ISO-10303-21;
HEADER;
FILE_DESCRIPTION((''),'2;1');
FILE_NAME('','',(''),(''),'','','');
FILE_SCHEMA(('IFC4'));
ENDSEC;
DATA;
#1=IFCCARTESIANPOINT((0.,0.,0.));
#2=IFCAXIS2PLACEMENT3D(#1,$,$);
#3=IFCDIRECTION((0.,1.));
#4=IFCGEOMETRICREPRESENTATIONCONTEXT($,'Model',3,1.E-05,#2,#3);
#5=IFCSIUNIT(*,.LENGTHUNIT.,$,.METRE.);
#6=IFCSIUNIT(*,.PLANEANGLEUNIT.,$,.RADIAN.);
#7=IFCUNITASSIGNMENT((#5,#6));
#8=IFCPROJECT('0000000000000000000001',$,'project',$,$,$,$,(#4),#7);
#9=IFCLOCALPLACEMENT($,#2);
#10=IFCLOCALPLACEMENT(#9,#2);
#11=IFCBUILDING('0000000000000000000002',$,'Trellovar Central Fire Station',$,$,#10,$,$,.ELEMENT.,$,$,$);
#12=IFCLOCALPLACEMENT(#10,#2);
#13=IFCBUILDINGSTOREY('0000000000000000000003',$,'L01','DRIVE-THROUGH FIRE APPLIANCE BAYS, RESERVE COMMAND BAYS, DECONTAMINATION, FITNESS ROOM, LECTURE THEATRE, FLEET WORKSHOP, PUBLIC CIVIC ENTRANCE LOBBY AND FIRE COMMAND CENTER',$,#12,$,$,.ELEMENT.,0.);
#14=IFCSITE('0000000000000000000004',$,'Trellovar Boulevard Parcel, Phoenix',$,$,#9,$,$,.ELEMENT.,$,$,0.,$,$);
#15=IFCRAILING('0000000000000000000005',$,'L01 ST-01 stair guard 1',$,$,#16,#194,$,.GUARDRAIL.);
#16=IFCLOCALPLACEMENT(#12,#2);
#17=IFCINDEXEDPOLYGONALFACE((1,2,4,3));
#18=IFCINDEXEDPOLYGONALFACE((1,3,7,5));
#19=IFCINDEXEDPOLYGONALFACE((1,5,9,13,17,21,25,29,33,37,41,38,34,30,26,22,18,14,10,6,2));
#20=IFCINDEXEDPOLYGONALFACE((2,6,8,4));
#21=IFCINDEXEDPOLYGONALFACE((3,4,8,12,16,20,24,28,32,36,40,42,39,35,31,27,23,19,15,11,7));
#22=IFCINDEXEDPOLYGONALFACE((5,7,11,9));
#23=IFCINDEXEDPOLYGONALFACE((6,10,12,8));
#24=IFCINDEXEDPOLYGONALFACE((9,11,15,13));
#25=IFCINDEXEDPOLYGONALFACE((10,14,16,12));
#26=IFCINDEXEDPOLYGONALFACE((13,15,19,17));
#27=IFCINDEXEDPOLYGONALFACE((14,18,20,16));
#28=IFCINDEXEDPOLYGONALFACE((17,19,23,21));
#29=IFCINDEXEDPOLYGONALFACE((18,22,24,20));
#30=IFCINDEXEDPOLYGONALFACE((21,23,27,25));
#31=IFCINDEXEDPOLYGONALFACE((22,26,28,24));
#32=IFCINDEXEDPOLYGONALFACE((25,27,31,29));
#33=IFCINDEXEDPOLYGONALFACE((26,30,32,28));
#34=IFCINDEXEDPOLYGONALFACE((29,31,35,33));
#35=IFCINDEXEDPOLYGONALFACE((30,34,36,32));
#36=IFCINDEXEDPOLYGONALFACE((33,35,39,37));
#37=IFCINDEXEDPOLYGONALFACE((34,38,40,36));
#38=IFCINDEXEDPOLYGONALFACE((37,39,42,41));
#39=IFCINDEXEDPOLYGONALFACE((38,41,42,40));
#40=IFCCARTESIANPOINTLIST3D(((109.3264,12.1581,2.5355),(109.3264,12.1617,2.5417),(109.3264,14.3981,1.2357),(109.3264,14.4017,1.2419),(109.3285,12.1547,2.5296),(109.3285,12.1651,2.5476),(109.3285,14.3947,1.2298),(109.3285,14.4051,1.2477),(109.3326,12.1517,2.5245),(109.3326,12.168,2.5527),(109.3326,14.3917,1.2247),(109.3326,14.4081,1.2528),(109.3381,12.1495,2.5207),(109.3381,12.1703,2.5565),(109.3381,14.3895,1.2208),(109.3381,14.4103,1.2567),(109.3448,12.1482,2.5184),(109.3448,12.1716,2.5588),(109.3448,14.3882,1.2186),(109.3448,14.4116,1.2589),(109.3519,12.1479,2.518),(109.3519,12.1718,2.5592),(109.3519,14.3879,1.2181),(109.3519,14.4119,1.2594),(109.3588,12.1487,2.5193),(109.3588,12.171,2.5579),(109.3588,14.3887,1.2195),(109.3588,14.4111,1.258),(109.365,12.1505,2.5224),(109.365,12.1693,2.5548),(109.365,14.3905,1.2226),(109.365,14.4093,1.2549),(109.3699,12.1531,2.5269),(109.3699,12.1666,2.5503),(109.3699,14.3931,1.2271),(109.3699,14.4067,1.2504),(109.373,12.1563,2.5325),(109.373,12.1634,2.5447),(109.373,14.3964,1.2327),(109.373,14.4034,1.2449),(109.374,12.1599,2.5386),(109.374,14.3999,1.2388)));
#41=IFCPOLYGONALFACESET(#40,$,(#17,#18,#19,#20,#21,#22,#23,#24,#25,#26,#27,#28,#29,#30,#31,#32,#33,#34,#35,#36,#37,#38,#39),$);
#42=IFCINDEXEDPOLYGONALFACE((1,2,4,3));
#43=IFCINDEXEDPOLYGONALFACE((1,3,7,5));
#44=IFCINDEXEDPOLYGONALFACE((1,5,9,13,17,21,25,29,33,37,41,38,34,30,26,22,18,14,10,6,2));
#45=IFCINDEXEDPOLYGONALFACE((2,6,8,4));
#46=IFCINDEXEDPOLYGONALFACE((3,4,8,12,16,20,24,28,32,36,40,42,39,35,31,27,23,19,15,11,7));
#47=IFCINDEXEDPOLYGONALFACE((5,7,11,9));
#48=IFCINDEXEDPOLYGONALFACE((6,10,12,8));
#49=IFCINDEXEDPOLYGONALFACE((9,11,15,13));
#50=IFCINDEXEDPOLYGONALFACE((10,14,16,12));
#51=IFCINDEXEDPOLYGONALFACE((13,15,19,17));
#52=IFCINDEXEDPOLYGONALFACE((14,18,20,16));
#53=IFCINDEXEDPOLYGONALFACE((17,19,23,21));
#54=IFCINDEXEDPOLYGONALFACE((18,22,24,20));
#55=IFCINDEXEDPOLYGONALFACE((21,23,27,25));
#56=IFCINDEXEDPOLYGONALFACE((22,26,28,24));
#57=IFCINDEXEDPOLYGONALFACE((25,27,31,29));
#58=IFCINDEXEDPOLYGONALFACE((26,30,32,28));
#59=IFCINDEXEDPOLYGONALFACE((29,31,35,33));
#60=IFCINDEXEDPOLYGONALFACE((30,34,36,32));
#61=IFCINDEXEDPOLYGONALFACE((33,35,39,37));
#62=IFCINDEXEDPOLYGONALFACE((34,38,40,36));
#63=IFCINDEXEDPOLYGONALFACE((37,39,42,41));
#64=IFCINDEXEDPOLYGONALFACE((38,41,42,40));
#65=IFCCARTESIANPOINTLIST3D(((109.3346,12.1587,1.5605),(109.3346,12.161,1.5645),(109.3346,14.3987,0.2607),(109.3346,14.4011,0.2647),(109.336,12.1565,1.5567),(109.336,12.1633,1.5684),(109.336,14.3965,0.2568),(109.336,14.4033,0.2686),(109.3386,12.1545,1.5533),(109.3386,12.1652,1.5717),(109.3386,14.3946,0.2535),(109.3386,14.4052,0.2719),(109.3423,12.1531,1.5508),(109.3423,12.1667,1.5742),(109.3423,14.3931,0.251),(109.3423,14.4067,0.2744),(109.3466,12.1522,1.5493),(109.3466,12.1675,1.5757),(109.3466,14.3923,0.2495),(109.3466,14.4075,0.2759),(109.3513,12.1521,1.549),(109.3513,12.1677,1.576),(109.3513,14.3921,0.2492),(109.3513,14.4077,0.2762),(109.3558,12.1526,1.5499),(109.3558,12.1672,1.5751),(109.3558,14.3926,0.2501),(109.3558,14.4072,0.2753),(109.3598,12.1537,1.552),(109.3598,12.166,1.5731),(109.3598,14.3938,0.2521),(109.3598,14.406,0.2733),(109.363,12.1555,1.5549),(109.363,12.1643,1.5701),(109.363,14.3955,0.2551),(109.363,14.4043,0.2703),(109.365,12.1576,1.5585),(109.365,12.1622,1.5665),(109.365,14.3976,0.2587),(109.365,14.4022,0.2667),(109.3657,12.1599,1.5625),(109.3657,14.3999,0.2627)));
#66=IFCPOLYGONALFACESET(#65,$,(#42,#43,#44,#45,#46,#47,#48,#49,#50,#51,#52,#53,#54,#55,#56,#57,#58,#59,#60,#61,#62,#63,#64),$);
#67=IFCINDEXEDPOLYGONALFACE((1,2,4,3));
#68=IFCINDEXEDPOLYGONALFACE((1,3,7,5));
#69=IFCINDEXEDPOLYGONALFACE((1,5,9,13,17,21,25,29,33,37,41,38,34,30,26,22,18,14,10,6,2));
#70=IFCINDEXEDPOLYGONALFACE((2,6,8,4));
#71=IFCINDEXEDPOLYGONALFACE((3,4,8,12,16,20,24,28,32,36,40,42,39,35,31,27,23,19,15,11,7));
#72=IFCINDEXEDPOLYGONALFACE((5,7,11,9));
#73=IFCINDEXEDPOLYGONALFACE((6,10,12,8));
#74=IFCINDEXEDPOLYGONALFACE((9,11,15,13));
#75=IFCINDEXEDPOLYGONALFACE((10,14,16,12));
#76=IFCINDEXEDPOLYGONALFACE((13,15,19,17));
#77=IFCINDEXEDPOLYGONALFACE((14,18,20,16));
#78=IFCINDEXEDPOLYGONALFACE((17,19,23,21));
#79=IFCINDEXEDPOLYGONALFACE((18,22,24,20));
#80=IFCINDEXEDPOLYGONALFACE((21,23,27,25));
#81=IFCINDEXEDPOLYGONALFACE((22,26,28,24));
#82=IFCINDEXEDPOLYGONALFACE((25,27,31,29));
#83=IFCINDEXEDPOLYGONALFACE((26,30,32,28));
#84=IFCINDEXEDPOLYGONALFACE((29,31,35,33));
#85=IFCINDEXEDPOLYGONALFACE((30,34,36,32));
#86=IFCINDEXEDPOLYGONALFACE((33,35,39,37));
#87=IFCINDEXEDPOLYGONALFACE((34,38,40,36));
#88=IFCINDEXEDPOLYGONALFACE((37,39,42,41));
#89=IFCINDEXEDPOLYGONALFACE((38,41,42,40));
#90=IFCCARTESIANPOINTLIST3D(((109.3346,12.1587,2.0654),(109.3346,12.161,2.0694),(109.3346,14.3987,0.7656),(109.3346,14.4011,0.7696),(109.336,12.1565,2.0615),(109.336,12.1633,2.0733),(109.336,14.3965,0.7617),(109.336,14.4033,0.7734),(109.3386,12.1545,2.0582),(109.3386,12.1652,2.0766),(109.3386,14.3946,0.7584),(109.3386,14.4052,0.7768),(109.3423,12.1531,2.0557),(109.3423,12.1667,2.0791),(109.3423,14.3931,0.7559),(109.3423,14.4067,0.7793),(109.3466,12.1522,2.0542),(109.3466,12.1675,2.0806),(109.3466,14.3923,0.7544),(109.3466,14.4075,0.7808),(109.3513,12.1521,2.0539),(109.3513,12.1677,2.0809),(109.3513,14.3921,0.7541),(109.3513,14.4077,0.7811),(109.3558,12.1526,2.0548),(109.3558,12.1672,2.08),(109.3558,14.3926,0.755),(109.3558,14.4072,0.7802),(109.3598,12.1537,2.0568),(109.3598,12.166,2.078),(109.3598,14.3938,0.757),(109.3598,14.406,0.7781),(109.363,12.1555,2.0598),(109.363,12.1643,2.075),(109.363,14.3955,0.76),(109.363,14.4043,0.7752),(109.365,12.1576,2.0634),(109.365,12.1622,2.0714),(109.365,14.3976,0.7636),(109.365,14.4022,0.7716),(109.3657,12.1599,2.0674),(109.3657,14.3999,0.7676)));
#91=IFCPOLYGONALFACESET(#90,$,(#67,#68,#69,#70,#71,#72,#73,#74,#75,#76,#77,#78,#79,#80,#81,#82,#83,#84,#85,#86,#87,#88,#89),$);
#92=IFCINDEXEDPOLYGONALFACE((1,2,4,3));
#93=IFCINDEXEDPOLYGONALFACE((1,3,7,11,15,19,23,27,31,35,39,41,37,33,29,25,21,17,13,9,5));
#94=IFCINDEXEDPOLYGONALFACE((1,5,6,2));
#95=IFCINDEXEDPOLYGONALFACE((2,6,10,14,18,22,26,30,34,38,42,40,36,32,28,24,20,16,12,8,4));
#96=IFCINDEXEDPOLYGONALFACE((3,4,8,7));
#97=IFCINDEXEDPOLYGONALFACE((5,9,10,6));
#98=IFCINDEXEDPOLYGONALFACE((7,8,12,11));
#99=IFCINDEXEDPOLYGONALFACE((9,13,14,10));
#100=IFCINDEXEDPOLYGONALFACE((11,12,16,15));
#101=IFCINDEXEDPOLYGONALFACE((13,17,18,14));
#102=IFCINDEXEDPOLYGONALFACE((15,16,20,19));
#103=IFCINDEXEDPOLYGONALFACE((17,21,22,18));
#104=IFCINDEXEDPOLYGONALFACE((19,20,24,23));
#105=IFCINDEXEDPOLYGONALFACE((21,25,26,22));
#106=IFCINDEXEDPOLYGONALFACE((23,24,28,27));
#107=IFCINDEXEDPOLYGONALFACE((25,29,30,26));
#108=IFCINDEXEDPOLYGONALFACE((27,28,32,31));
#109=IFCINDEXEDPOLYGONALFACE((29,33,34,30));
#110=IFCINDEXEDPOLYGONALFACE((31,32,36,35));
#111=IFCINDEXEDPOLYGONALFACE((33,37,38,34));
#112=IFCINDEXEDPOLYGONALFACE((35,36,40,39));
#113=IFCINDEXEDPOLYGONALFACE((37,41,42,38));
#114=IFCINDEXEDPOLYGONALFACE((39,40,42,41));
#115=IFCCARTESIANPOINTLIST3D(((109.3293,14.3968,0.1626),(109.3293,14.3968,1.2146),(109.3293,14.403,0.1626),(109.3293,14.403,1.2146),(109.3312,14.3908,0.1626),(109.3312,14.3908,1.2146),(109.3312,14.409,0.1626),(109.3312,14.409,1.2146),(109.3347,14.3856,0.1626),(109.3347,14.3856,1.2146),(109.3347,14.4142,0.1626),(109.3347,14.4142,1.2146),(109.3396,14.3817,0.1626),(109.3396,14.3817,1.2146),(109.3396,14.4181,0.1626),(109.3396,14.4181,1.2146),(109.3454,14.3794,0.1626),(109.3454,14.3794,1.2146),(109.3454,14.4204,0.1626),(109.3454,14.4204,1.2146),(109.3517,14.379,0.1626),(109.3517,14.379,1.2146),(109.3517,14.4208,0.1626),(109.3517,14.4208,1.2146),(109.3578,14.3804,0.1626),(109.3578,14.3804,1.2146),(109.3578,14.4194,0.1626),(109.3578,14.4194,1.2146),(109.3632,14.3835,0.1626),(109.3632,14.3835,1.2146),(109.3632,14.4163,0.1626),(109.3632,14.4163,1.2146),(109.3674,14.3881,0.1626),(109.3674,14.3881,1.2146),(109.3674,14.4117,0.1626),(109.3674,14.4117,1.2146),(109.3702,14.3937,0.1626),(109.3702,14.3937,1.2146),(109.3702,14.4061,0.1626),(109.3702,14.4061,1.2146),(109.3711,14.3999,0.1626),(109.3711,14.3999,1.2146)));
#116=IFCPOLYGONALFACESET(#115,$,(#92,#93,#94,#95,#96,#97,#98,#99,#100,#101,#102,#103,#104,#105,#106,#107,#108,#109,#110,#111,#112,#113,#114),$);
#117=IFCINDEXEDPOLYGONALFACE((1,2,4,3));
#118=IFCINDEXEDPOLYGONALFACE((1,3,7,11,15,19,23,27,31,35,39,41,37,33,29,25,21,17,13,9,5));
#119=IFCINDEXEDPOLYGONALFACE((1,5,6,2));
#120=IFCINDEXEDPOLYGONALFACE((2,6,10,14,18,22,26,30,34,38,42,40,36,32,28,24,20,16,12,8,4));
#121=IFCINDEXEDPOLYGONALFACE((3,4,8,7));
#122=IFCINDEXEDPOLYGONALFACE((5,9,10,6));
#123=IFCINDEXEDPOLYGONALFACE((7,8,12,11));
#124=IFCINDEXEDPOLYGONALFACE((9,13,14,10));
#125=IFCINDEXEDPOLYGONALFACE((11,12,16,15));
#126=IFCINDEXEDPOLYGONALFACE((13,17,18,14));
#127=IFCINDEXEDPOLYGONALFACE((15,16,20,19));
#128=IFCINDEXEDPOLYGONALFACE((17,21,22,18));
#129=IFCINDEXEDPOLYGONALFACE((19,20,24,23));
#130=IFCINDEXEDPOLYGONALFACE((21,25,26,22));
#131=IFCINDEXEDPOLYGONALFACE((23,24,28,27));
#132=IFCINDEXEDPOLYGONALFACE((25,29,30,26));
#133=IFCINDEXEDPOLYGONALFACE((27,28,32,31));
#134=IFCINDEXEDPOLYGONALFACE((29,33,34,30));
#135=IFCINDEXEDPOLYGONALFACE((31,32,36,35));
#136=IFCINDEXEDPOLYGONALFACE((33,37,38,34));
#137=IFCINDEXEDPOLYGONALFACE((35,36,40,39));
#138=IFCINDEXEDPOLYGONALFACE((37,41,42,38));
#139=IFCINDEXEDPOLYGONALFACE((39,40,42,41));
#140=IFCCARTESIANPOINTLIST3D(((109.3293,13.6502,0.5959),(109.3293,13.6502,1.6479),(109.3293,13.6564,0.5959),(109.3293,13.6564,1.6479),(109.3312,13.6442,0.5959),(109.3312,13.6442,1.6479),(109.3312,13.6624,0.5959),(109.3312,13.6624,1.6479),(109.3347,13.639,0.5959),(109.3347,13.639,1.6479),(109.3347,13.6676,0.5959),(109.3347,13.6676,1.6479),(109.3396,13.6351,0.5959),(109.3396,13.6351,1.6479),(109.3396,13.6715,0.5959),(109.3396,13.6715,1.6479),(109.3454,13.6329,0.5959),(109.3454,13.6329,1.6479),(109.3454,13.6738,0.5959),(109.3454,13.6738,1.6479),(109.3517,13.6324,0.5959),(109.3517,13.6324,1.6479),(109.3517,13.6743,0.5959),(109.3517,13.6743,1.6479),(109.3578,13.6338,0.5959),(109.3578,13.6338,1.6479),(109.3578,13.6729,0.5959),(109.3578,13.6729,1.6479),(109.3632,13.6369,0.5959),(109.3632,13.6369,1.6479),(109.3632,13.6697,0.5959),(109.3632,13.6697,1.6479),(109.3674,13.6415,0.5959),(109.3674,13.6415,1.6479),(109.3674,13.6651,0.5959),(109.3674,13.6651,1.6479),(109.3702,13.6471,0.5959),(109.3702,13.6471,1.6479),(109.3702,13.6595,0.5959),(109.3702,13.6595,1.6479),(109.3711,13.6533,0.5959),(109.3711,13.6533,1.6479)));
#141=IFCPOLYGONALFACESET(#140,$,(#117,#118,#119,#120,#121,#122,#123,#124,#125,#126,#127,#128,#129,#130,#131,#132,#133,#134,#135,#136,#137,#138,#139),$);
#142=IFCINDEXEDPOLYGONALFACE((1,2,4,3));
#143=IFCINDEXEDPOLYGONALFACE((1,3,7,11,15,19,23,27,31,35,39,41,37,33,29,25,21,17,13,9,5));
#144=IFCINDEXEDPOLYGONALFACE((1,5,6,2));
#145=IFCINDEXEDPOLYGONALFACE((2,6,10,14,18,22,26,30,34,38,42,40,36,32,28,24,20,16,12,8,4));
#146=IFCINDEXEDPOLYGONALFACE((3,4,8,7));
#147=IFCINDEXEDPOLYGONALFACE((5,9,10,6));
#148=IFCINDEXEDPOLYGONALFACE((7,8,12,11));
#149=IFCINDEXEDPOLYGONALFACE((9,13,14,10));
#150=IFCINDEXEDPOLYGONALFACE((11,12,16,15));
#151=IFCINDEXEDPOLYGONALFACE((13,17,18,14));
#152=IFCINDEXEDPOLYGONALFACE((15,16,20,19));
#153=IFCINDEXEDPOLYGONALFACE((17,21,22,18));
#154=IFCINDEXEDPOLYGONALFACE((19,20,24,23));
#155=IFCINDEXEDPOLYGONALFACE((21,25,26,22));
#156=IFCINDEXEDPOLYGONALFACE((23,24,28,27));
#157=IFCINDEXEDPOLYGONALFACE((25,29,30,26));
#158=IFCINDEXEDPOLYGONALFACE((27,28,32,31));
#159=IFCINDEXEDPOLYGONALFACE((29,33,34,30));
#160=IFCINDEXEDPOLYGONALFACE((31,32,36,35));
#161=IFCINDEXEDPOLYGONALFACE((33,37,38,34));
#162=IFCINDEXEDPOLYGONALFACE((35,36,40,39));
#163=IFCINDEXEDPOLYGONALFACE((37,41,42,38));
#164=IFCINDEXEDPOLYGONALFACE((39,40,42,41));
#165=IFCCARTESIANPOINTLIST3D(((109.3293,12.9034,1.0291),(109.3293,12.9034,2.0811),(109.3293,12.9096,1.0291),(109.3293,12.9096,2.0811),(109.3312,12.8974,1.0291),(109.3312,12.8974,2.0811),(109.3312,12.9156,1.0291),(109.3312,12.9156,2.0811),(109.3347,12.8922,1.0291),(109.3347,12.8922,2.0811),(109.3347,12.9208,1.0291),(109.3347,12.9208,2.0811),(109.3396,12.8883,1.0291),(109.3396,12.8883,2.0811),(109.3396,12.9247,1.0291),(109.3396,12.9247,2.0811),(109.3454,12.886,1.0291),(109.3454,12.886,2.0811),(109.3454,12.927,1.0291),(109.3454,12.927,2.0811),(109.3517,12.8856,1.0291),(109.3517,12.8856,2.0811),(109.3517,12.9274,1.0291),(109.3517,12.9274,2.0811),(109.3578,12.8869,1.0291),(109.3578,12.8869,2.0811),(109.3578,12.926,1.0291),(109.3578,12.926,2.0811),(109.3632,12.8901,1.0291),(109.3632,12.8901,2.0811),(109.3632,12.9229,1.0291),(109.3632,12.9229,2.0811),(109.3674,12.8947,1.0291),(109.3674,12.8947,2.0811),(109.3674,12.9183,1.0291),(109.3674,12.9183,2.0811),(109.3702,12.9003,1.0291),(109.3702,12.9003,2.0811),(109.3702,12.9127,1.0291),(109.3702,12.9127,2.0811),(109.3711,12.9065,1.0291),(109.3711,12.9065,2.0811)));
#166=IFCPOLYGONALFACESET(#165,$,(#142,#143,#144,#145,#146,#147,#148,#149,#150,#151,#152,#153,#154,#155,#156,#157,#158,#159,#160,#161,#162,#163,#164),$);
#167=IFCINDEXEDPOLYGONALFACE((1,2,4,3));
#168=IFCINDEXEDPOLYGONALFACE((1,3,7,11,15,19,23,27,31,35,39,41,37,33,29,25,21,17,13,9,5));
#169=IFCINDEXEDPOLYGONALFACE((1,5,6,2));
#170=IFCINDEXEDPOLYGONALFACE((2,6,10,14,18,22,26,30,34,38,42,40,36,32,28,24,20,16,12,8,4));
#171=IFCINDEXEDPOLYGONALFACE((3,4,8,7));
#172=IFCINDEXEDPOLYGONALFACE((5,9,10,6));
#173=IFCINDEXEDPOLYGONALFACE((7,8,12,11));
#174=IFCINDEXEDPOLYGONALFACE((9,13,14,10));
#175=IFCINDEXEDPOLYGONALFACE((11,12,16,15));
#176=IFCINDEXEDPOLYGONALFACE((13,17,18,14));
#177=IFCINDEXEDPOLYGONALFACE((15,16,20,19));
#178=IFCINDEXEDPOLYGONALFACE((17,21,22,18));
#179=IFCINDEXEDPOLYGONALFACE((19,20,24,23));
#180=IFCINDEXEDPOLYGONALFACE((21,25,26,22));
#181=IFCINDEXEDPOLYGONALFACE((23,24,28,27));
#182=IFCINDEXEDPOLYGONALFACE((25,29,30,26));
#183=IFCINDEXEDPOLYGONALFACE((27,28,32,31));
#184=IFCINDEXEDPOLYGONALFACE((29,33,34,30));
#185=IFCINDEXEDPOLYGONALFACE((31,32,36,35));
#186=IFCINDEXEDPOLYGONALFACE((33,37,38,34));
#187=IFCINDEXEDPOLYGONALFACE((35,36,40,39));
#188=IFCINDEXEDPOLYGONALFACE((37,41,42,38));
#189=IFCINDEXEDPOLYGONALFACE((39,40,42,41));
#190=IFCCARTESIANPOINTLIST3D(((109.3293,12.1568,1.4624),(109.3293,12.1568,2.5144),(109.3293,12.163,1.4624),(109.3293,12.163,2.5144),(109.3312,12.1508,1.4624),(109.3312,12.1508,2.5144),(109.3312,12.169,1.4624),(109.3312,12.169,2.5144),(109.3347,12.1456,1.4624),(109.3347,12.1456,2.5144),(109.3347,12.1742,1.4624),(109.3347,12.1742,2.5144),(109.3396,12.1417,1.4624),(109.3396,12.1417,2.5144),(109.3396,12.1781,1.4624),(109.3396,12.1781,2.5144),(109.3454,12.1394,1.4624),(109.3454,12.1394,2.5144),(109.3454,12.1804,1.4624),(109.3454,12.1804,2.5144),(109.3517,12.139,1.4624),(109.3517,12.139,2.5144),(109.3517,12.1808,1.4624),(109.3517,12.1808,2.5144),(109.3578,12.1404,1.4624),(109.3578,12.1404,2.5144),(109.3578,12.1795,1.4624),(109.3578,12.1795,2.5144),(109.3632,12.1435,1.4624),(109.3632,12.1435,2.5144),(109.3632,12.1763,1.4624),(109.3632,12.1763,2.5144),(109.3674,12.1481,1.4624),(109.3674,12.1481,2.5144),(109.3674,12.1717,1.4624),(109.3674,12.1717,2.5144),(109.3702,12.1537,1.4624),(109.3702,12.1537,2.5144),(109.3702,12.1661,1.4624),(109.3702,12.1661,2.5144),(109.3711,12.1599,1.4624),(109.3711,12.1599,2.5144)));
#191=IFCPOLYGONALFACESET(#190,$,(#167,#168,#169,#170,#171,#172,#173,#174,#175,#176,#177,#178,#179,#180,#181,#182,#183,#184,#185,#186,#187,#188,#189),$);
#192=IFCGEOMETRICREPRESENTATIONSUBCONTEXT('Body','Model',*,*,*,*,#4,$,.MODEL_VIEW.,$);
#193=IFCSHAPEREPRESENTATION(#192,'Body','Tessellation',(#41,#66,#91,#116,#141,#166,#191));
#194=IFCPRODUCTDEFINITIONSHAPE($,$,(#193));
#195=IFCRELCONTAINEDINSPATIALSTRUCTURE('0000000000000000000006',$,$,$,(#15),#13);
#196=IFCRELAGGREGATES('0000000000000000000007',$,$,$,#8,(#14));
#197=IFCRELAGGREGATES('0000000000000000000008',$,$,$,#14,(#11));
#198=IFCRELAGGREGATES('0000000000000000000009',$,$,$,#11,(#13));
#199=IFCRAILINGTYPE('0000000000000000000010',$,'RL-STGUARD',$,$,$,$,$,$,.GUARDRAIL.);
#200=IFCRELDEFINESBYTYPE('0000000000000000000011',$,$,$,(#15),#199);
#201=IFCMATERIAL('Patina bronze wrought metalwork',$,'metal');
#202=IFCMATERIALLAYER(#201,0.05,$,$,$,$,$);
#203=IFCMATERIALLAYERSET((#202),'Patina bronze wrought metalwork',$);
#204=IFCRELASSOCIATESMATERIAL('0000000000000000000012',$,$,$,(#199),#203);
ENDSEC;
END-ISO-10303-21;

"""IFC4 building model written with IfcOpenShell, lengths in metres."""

from ifc_helpers import new_model, si_unit, direction, frame, origin, origin_2d, place, context, subcontext, project, spatial, circle, extrude, material, layer, layer_set, type_object, element, save


model = new_model("IFC4")

# Units and contexts
model_context = context("Model", 3, precision=1e-05, world=origin(), true_north=direction((0.0, 1.0)))
body_context = subcontext(model_context, "Body", "Model", "MODEL_VIEW")
ifc_project = project(units=[si_unit("LENGTHUNIT", "METRE"), si_unit("PLANEANGLEUNIT", "RADIAN")], contexts=[model_context])

# Site, building, storey
site_placement = place(None, origin())
site = spatial("IfcSite", under=ifc_project, at=site_placement, Name="Trellovar Boulevard Parcel, Phoenix", CompositionType="ELEMENT", RefElevation=0.0)
building_placement = place(site_placement, origin())
building = spatial("IfcBuilding", under=site, at=building_placement, Name="Trellovar Central Fire Station", CompositionType="ELEMENT")
storey_placement = place(building_placement, origin())
storey = spatial("IfcBuildingStorey", under=building, at=storey_placement, Name="L01", Description="DRIVE-THROUGH FIRE APPLIANCE BAYS, RESERVE COMMAND BAYS, DECONTAMINATION, FITNESS ROOM, LECTURE THEATRE, FLEET WORKSHOP, PUBLIC CIVIC ENTRANCE LOBBY AND FIRE COMMAND CENTER", CompositionType="ELEMENT", Elevation=0.0)

# Railing
ifc_material_1 = material(Name="Patina bronze wrought metalwork", Category="metal")
ifc_layer_1 = layer(ifc_material_1, 0.05)
ifc_layer_set_1 = layer_set([ifc_layer_1], Name="Patina bronze wrought metalwork")
railing_type_1 = type_object("IfcRailingType", Name="RL-STGUARD", PredefinedType="GUARDRAIL", material=ifc_layer_set_1)
railing_1_placement = place(storey_placement, frame((109.3501, 14.3999, 0.1626)))
element("IfcRailing", 1, at=railing_1_placement, inside=storey, type_object=railing_type_1, Name="L01 ST-01 stair guard 1", PredefinedType="GUARDRAIL", context=body_context, shape_type="SweptSolid", body=[
    extrude(circle(Radius=0.0239, at=origin_2d()), frame((0.0, 0.0, 1.0762), z_axis=(0.0, -0.864929, 0.501894), x_axis=(1.0, 0.0, 0.0)), (0.0, 0.0, 1.0), 2.5898),
    extrude(circle(Radius=0.0156, at=origin_2d()), frame((0.0, 0.0, 0.1001), z_axis=(0.0, -0.864929, 0.501894), x_axis=(1.0, 0.0, 0.0)), (0.0, 0.0, 1.0), 2.5898),
    extrude(circle(Radius=0.0156, at=origin_2d()), frame((0.0, 0.0, 0.605), z_axis=(0.0, -0.864929, 0.501894), x_axis=(1.0, 0.0, 0.0)), (0.0, 0.0, 1.0), 2.5898),
    extrude(circle(Radius=0.021, at=origin_2d()), origin(), (0.0, 0.0, 1.0), 1.052),
    extrude(circle(Radius=0.021, at=origin_2d()), frame((0.0, -0.7466, 0.4333)), (0.0, 0.0, 1.0), 1.052),
    extrude(circle(Radius=0.021, at=origin_2d()), frame((0.0, -1.4934, 0.8665)), (0.0, 0.0, 1.0), 1.052),
    extrude(circle(Radius=0.021, at=origin_2d()), frame((0.0, -2.24, 1.2998)), (0.0, 0.0, 1.0), 1.052),
])

save(model, "model.ifc")
